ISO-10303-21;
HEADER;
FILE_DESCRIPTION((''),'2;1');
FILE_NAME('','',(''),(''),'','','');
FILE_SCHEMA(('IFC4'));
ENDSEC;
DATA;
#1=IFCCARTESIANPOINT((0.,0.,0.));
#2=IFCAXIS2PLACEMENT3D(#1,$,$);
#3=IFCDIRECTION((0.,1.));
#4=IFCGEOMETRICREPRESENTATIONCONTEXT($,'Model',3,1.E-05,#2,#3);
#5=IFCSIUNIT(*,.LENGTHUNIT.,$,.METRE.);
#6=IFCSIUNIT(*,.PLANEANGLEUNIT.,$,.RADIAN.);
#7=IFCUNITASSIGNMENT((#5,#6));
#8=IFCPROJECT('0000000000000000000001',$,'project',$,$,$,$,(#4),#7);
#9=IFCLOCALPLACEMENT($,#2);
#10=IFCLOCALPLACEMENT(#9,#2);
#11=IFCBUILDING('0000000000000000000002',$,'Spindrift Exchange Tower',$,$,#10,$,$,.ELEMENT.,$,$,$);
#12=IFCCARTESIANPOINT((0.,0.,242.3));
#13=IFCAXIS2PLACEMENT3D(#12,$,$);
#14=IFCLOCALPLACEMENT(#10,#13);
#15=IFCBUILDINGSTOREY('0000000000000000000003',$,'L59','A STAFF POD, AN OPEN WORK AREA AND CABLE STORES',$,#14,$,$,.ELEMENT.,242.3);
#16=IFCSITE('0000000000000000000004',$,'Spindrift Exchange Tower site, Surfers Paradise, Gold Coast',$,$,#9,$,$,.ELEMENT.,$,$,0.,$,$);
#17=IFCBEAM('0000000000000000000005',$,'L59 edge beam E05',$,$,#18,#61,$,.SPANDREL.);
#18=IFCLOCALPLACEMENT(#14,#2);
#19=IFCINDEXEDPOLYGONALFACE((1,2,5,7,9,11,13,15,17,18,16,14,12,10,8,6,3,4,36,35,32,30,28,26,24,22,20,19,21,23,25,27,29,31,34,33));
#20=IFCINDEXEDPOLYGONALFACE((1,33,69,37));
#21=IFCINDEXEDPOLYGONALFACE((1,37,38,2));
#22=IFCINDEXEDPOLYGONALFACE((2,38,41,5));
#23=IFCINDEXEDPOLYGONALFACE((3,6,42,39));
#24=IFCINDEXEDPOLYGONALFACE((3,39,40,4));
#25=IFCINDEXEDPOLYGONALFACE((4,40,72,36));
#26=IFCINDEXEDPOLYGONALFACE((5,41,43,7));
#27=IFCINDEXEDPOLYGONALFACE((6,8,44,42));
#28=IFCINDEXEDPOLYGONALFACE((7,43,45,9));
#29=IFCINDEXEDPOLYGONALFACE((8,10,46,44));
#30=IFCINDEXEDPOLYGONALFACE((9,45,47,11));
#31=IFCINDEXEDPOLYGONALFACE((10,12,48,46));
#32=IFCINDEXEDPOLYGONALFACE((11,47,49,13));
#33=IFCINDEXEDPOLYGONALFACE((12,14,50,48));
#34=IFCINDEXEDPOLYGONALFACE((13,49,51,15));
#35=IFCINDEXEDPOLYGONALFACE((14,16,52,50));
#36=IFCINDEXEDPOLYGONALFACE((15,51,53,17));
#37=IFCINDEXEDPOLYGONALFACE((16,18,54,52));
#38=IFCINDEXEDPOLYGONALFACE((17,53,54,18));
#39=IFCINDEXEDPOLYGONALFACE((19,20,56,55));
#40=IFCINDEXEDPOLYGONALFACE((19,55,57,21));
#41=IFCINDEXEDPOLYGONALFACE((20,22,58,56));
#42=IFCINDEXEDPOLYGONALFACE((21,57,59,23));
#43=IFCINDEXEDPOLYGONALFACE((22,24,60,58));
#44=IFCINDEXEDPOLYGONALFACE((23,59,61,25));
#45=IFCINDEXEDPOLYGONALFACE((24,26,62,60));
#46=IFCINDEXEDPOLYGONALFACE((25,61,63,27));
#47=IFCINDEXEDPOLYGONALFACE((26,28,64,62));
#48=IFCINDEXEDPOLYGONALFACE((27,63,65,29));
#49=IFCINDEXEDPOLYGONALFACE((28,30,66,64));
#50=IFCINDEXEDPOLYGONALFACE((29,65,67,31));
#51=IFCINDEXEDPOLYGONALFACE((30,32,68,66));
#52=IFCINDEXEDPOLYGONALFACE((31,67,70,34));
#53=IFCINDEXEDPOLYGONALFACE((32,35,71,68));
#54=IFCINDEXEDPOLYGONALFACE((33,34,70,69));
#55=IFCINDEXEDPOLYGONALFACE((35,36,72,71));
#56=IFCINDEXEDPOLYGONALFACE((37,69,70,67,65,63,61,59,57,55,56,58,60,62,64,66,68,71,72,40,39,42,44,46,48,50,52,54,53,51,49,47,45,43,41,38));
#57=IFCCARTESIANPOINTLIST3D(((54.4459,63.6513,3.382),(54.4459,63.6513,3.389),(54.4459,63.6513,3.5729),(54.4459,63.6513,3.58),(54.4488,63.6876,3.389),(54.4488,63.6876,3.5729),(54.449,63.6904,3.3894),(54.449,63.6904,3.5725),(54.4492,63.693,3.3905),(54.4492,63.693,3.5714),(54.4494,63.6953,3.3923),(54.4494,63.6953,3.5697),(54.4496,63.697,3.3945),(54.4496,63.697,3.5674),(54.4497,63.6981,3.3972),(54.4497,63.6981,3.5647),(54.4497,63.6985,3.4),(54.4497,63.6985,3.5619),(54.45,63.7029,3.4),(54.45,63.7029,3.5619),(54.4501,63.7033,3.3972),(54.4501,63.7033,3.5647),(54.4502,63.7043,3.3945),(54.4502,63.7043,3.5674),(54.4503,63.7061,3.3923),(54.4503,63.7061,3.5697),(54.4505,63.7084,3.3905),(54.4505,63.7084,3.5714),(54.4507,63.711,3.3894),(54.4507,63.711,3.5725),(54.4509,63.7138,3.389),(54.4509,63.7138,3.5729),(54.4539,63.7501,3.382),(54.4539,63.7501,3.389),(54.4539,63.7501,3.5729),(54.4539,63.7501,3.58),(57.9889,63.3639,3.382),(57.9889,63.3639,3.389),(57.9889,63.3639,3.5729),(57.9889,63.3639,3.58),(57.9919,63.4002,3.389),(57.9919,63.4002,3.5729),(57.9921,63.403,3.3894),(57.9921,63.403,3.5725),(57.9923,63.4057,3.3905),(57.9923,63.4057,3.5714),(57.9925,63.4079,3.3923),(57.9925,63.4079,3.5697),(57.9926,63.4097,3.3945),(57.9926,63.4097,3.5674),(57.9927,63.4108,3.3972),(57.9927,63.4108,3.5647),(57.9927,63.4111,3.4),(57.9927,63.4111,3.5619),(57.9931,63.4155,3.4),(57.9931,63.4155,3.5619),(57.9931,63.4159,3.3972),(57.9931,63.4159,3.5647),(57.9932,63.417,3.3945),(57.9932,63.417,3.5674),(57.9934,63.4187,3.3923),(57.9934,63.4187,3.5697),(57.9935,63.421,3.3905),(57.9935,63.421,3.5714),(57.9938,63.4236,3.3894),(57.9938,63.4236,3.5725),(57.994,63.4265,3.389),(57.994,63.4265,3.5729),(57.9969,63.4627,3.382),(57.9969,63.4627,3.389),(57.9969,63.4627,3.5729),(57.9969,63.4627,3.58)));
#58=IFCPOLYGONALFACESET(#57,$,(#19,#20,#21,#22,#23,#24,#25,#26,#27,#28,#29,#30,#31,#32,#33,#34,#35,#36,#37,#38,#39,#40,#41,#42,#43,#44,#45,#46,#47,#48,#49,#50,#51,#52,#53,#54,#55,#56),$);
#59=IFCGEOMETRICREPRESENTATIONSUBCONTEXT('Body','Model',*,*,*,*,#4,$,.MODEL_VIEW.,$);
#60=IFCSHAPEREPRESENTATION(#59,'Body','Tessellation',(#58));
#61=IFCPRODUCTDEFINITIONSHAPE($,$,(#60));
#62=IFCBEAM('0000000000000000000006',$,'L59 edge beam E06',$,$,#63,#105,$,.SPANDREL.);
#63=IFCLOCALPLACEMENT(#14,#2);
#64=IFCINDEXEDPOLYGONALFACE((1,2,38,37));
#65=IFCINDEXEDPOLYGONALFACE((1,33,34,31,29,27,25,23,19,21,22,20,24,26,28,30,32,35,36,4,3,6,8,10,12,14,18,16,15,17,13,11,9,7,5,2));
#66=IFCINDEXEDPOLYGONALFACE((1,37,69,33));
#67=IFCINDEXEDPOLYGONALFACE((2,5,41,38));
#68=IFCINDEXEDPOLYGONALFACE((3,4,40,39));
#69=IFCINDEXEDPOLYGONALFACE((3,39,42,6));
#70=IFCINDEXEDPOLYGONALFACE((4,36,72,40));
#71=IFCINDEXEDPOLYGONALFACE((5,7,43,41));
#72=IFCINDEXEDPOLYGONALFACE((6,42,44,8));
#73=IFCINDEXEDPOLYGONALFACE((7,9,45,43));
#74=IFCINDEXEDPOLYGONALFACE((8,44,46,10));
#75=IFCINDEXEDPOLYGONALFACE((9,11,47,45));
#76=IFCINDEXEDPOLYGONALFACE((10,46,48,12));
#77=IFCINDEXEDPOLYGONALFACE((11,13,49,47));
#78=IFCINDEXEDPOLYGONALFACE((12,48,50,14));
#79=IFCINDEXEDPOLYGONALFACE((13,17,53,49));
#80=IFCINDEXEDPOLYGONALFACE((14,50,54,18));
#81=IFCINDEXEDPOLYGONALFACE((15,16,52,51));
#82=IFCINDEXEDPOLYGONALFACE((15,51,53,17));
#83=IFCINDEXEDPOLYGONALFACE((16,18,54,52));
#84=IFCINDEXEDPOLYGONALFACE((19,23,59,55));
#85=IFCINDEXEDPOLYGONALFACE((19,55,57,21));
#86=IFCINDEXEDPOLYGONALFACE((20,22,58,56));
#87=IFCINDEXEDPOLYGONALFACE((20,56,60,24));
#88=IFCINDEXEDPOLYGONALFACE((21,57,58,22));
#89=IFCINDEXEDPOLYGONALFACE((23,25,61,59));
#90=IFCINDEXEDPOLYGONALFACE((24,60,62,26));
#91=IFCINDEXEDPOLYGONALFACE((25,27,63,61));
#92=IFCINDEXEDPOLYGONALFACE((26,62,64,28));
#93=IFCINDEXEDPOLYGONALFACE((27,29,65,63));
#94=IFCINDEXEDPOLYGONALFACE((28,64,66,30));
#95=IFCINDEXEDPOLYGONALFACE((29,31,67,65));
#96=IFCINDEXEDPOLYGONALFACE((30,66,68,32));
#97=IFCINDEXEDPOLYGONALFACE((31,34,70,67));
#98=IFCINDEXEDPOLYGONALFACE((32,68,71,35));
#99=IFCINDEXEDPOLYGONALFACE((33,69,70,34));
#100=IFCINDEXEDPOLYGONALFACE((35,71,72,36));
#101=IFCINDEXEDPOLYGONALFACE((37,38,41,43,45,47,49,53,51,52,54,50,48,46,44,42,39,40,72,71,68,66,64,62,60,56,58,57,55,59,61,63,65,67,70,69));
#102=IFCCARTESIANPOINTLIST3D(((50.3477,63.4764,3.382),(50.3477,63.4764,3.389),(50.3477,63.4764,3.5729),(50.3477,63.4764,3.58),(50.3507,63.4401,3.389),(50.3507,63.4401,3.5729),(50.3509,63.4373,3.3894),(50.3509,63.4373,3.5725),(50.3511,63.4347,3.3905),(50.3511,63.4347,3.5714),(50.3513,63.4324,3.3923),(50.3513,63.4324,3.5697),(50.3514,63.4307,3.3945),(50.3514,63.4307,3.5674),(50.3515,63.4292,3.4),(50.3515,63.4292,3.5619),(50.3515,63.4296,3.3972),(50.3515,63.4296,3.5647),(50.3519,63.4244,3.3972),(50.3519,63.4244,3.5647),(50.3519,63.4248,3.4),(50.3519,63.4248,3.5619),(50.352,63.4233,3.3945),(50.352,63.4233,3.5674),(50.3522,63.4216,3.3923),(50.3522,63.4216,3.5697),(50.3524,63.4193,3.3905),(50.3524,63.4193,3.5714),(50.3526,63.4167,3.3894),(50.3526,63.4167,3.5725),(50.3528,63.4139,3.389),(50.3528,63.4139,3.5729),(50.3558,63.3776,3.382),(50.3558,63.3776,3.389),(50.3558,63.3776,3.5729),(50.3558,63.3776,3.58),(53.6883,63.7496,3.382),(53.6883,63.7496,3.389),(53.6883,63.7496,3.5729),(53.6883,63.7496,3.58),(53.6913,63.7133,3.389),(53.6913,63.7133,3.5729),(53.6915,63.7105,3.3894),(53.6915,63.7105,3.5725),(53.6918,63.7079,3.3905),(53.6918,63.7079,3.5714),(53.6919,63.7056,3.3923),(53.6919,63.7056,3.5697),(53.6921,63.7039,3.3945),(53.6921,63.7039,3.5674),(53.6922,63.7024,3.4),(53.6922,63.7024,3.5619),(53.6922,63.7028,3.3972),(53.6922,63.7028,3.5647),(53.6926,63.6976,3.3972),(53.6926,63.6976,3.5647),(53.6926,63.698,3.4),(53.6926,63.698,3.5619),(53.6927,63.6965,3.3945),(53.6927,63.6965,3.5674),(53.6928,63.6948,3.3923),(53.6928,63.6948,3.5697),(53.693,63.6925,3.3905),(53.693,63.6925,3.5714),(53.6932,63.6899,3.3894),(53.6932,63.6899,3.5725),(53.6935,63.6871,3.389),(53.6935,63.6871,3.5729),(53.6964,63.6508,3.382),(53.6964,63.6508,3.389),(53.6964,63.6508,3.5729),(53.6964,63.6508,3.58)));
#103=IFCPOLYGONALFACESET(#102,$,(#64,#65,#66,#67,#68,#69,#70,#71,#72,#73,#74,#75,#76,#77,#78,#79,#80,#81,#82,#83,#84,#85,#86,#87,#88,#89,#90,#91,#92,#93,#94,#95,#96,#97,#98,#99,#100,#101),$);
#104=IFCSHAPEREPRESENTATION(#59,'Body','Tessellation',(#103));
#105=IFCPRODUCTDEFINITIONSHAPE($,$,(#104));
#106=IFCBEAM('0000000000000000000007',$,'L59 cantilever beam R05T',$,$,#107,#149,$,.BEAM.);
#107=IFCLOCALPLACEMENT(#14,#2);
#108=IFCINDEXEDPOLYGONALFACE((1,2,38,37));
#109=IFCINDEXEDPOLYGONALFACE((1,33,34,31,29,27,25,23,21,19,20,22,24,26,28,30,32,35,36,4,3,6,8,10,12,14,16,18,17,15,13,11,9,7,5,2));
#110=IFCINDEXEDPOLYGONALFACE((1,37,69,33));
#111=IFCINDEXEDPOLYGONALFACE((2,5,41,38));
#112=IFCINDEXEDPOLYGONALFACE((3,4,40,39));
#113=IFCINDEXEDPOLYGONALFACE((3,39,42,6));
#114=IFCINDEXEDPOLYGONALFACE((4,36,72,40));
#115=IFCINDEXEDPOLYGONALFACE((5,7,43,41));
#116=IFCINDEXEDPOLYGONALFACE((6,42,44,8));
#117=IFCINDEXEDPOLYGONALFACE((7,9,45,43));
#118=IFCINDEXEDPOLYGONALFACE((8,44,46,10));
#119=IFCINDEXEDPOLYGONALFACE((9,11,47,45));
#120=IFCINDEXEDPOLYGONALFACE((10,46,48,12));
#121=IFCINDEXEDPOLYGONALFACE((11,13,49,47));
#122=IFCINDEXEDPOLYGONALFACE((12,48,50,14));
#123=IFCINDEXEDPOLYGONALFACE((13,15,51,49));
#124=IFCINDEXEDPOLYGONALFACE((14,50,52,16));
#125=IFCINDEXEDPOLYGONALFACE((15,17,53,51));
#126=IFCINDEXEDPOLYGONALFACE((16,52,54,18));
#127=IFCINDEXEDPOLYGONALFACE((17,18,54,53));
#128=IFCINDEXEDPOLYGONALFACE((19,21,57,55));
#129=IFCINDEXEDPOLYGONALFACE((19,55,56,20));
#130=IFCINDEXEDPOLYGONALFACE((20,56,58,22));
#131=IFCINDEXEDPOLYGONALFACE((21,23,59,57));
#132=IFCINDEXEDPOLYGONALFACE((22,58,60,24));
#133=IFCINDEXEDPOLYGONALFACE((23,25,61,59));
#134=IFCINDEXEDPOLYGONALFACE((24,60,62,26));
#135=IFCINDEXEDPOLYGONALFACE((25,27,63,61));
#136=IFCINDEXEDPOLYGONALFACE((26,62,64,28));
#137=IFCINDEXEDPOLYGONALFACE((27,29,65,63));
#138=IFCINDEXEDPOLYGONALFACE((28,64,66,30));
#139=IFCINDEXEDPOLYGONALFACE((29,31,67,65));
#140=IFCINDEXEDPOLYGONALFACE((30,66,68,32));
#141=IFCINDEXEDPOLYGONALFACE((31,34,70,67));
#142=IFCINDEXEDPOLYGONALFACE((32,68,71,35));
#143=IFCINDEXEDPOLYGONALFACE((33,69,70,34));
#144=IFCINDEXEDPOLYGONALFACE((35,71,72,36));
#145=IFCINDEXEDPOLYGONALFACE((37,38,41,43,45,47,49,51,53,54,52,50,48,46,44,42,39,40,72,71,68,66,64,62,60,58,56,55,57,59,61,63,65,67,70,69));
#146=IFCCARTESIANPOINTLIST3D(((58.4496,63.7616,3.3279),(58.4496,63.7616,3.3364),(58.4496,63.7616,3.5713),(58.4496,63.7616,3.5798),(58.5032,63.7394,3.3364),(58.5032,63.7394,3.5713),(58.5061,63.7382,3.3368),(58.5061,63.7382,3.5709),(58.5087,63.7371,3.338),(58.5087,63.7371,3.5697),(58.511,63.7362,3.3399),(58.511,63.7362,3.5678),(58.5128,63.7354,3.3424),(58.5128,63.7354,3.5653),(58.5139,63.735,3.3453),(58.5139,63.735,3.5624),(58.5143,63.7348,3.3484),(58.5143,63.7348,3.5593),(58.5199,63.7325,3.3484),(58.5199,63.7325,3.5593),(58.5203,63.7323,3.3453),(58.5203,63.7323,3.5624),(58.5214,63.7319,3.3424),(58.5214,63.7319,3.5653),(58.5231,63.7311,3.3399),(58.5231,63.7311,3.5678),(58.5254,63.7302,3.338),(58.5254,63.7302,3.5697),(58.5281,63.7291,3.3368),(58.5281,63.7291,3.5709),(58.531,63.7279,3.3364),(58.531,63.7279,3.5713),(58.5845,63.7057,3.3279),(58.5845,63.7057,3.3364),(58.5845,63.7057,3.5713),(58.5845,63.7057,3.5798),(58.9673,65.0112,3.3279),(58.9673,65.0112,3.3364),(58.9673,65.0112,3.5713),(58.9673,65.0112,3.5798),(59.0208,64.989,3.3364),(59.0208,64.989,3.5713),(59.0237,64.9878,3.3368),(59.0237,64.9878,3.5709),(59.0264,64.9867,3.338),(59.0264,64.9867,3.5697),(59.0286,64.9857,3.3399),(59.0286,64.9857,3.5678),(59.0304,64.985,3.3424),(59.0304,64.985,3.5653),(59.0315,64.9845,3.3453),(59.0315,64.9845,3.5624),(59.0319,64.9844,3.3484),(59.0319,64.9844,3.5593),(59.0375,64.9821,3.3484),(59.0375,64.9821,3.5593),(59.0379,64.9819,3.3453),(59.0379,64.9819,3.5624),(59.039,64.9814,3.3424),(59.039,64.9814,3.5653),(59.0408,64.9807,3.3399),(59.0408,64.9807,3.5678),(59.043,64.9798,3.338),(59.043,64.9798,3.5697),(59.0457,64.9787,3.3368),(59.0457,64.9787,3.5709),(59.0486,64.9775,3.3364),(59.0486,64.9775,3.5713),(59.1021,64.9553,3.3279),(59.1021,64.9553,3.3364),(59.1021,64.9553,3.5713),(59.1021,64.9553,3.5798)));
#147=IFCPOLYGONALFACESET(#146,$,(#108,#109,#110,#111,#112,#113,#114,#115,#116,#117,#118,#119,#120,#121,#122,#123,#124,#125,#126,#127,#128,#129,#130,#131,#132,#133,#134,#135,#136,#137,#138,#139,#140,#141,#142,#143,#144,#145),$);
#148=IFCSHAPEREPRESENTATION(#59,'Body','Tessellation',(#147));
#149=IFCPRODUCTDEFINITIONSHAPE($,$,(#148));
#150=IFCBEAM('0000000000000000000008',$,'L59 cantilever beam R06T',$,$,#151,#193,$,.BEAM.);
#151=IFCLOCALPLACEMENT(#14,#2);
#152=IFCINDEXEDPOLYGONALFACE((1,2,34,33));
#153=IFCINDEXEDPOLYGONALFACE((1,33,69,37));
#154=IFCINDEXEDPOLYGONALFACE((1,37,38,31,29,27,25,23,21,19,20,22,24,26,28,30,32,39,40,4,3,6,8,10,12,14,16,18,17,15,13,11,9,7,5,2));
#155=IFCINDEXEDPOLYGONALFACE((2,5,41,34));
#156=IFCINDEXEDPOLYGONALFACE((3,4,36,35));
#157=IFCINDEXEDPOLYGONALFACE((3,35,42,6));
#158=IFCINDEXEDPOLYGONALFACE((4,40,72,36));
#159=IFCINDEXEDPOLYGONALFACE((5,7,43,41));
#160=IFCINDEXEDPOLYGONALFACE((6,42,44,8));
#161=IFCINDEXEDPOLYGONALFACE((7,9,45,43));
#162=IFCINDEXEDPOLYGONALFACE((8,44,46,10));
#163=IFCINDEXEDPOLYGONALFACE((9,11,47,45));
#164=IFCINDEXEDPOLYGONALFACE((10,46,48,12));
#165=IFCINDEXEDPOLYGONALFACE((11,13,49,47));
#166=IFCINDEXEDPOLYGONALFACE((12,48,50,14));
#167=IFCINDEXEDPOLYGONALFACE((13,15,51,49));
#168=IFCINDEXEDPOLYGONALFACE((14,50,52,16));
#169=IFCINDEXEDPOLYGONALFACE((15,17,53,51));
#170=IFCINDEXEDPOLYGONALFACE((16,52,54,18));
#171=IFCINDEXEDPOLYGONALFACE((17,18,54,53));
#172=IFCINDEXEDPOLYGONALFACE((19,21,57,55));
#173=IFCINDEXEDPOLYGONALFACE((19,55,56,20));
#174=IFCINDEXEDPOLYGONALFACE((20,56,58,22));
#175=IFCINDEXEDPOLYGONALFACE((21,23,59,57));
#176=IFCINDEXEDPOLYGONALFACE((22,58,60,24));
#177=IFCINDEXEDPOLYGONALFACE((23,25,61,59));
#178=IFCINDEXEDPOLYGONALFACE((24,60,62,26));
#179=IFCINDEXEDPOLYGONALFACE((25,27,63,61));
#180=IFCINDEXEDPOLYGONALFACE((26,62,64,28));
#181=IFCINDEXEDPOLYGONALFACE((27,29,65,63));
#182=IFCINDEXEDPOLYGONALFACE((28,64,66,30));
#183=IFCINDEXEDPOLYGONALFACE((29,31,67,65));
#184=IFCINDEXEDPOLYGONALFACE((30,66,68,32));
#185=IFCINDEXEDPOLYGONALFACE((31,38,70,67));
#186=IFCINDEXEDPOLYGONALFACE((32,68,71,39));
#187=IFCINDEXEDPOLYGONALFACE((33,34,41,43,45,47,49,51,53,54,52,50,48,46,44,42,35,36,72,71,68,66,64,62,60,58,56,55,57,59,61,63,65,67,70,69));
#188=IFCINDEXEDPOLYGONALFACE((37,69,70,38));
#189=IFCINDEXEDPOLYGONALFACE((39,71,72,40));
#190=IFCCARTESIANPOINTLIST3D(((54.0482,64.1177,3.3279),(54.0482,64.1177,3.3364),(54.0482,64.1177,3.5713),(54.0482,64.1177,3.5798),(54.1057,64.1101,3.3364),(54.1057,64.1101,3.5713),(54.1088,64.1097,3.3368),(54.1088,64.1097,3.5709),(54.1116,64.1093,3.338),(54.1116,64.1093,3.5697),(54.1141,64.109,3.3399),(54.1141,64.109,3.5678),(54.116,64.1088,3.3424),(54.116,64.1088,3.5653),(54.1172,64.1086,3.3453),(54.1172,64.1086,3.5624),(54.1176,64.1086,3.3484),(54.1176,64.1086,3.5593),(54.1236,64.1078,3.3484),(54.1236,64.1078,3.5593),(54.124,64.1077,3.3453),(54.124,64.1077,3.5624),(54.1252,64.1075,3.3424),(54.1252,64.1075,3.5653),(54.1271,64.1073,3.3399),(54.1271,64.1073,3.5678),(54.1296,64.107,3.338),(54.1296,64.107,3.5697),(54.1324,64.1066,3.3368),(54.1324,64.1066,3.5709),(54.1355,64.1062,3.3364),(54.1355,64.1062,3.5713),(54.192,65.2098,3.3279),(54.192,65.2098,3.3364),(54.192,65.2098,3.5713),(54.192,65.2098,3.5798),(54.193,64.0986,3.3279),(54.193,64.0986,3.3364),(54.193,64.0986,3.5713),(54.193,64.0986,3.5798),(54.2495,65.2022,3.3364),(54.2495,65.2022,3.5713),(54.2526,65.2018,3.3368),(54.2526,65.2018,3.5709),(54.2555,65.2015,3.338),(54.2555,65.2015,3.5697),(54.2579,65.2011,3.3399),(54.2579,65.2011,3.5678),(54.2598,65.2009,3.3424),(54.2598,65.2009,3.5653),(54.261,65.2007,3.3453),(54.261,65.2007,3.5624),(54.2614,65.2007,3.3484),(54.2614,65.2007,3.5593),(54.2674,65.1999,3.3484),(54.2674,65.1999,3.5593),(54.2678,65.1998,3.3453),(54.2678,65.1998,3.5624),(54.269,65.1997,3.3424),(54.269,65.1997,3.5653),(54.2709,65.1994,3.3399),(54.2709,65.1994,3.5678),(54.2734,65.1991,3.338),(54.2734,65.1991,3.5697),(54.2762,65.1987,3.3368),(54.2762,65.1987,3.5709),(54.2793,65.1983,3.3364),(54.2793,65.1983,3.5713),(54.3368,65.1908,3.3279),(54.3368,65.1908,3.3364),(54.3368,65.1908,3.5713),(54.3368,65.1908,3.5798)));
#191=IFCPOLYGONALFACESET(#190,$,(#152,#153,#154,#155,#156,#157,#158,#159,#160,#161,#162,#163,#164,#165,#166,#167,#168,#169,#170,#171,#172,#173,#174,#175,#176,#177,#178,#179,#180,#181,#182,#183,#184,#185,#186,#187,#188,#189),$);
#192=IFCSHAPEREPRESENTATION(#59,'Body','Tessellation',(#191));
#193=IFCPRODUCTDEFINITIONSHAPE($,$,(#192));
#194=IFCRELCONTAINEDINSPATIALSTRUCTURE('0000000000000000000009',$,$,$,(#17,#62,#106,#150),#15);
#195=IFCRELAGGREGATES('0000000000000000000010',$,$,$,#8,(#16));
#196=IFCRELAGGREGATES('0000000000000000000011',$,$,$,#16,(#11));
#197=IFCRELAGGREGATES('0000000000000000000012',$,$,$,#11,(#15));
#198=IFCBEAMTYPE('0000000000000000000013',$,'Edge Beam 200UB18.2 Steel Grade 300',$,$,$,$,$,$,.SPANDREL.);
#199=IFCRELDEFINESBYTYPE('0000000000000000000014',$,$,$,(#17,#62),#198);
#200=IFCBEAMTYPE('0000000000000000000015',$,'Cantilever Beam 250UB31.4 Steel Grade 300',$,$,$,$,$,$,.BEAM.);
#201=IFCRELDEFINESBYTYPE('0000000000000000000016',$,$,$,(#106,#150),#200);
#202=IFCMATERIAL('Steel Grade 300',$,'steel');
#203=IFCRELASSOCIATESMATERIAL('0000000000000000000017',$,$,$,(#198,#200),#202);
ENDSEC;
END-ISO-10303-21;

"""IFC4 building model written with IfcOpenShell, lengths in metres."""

from ifc_helpers import new_model, si_unit, direction, frame, origin, origin_2d, place, context, subcontext, project, spatial, i_section, extrude, source, transform, mapped, material, material_profile, profile_set, type_object, element, save


model = new_model("IFC4")

# Units and contexts
model_context = context("Model", 3, precision=1e-05, world=origin(), true_north=direction((0.0, 1.0)))
body_context = subcontext(model_context, "Body", "Model", "MODEL_VIEW")
ifc_project = project(units=[si_unit("LENGTHUNIT", "METRE"), si_unit("PLANEANGLEUNIT", "RADIAN")], contexts=[model_context])

# Site, building, storey
site_placement = place(None, origin())
site = spatial("IfcSite", under=ifc_project, at=site_placement, Name="Spindrift Exchange Tower site, Surfers Paradise, Gold Coast", CompositionType="ELEMENT", RefElevation=0.0)
building_placement = place(site_placement, origin())
building = spatial("IfcBuilding", under=site, at=building_placement, Name="Spindrift Exchange Tower", CompositionType="ELEMENT")
storey_placement = place(building_placement, frame((0.0, 0.0, 242.3)))
storey = spatial("IfcBuildingStorey", under=building, at=storey_placement, Name="L59", Description="A STAFF POD, AN OPEN WORK AREA AND CABLE STORES", CompositionType="ELEMENT", Elevation=242.3)

# Beams
ifc_material_1 = material(Name="Steel Grade 300", Category="steel")
ifc_material_profile_1 = material_profile(ifc_material_1, i_section(OverallWidth=0.0991, OverallDepth=0.198, WebThickness=0.0044, FlangeThickness=0.0071, FilletRadius=0.011, at=origin_2d()), Name="200UB18.2")
ifc_profile_set_1 = profile_set([ifc_material_profile_1], Name="Steel Grade 300")
beam_type_1 = type_object("IfcBeamType", Name="Edge Beam 200UB18.2 Steel Grade 300", PredefinedType="SPANDREL", material=ifc_profile_set_1)
shared_shape_1 = source(origin(), body_context, "Body", "SweptSolid", [
    extrude(i_section(OverallWidth=0.0991, OverallDepth=0.198, WebThickness=0.0044, FlangeThickness=0.0071, FilletRadius=0.011, at=origin_2d()), origin(), (0.0, 0.0, 1.0), 3.5547),
])
beam_1_placement = place(storey_placement, frame((57.9929, 63.4133, 3.481), z_axis=(-0.996727, 0.08084, 0.0), x_axis=(-0.08084, -0.996727, 0.0)))
element("IfcBeam", 1, at=beam_1_placement, inside=storey, type_object=beam_type_1, Name="L59 edge beam E05", PredefinedType="SPANDREL", context=body_context, shape_type="MappedRepresentation", body=[
    mapped(shared_shape_1, transform((0.0, 0.0, 0.0), scale=1.0)),
])
shared_shape_2 = source(origin(), body_context, "Body", "SweptSolid", [
    extrude(i_section(OverallWidth=0.0991, OverallDepth=0.198, WebThickness=0.0044, FlangeThickness=0.0071, FilletRadius=0.011, at=origin_2d()), origin(), (0.0, 0.0, 1.0), 3.3518),
])
beam_2_placement = place(storey_placement, frame((53.6924, 63.7002, 3.481), z_axis=(-0.996673, -0.081508, 0.0), x_axis=(0.081508, -0.996673, 0.0)))
element("IfcBeam", 2, at=beam_2_placement, inside=storey, type_object=beam_type_1, Name="L59 edge beam E06", PredefinedType="SPANDREL", context=body_context, shape_type="MappedRepresentation", body=[
    mapped(shared_shape_2, transform((0.0, 0.0, 0.0), scale=1.0)),
])
ifc_material_profile_2 = material_profile(ifc_material_1, i_section(OverallWidth=0.146, OverallDepth=0.252, WebThickness=0.0061, FlangeThickness=0.0085, FilletRadius=0.012, at=origin_2d()), Name="250UB31.4")
ifc_profile_set_2 = profile_set([ifc_material_profile_2], Name="Steel Grade 300")
beam_type_2 = type_object("IfcBeamType", Name="Cantilever Beam 250UB31.4 Steel Grade 300", PredefinedType="BEAM", material=ifc_profile_set_2)
shared_shape_3 = source(origin(), body_context, "Body", "SweptSolid", [
    extrude(i_section(OverallWidth=0.146, OverallDepth=0.252, WebThickness=0.0061, FlangeThickness=0.0085, FilletRadius=0.012, at=origin_2d()), origin(), (0.0, 0.0, 1.0), 1.3525),
])
beam_3_placement = place(storey_placement, frame((58.5171, 63.7336, 3.4539), z_axis=(0.382692, 0.923876, 0.0), x_axis=(-0.923876, 0.382692, 0.0)))
element("IfcBeam", 3, at=beam_3_placement, inside=storey, type_object=beam_type_2, Name="L59 cantilever beam R05T", PredefinedType="BEAM", context=body_context, shape_type="MappedRepresentation", body=[
    mapped(shared_shape_3, transform((0.0, 0.0, 0.0), scale=1.0)),
])
shared_shape_4 = source(origin(), body_context, "Body", "SweptSolid", [
    extrude(i_section(OverallWidth=0.146, OverallDepth=0.252, WebThickness=0.0061, FlangeThickness=0.0085, FilletRadius=0.012, at=origin_2d()), origin(), (0.0, 0.0, 1.0), 1.1016),
])
beam_4_placement = place(storey_placement, frame((54.1206, 64.1082, 3.4539), z_axis=(0.130552, 0.991441, 0.0), x_axis=(-0.991441, 0.130552, 0.0)))
element("IfcBeam", 4, at=beam_4_placement, inside=storey, type_object=beam_type_2, Name="L59 cantilever beam R06T", PredefinedType="BEAM", context=body_context, shape_type="MappedRepresentation", body=[
    mapped(shared_shape_4, transform((0.0, 0.0, 0.0), scale=1.0)),
])

save(model, "model.ifc")
